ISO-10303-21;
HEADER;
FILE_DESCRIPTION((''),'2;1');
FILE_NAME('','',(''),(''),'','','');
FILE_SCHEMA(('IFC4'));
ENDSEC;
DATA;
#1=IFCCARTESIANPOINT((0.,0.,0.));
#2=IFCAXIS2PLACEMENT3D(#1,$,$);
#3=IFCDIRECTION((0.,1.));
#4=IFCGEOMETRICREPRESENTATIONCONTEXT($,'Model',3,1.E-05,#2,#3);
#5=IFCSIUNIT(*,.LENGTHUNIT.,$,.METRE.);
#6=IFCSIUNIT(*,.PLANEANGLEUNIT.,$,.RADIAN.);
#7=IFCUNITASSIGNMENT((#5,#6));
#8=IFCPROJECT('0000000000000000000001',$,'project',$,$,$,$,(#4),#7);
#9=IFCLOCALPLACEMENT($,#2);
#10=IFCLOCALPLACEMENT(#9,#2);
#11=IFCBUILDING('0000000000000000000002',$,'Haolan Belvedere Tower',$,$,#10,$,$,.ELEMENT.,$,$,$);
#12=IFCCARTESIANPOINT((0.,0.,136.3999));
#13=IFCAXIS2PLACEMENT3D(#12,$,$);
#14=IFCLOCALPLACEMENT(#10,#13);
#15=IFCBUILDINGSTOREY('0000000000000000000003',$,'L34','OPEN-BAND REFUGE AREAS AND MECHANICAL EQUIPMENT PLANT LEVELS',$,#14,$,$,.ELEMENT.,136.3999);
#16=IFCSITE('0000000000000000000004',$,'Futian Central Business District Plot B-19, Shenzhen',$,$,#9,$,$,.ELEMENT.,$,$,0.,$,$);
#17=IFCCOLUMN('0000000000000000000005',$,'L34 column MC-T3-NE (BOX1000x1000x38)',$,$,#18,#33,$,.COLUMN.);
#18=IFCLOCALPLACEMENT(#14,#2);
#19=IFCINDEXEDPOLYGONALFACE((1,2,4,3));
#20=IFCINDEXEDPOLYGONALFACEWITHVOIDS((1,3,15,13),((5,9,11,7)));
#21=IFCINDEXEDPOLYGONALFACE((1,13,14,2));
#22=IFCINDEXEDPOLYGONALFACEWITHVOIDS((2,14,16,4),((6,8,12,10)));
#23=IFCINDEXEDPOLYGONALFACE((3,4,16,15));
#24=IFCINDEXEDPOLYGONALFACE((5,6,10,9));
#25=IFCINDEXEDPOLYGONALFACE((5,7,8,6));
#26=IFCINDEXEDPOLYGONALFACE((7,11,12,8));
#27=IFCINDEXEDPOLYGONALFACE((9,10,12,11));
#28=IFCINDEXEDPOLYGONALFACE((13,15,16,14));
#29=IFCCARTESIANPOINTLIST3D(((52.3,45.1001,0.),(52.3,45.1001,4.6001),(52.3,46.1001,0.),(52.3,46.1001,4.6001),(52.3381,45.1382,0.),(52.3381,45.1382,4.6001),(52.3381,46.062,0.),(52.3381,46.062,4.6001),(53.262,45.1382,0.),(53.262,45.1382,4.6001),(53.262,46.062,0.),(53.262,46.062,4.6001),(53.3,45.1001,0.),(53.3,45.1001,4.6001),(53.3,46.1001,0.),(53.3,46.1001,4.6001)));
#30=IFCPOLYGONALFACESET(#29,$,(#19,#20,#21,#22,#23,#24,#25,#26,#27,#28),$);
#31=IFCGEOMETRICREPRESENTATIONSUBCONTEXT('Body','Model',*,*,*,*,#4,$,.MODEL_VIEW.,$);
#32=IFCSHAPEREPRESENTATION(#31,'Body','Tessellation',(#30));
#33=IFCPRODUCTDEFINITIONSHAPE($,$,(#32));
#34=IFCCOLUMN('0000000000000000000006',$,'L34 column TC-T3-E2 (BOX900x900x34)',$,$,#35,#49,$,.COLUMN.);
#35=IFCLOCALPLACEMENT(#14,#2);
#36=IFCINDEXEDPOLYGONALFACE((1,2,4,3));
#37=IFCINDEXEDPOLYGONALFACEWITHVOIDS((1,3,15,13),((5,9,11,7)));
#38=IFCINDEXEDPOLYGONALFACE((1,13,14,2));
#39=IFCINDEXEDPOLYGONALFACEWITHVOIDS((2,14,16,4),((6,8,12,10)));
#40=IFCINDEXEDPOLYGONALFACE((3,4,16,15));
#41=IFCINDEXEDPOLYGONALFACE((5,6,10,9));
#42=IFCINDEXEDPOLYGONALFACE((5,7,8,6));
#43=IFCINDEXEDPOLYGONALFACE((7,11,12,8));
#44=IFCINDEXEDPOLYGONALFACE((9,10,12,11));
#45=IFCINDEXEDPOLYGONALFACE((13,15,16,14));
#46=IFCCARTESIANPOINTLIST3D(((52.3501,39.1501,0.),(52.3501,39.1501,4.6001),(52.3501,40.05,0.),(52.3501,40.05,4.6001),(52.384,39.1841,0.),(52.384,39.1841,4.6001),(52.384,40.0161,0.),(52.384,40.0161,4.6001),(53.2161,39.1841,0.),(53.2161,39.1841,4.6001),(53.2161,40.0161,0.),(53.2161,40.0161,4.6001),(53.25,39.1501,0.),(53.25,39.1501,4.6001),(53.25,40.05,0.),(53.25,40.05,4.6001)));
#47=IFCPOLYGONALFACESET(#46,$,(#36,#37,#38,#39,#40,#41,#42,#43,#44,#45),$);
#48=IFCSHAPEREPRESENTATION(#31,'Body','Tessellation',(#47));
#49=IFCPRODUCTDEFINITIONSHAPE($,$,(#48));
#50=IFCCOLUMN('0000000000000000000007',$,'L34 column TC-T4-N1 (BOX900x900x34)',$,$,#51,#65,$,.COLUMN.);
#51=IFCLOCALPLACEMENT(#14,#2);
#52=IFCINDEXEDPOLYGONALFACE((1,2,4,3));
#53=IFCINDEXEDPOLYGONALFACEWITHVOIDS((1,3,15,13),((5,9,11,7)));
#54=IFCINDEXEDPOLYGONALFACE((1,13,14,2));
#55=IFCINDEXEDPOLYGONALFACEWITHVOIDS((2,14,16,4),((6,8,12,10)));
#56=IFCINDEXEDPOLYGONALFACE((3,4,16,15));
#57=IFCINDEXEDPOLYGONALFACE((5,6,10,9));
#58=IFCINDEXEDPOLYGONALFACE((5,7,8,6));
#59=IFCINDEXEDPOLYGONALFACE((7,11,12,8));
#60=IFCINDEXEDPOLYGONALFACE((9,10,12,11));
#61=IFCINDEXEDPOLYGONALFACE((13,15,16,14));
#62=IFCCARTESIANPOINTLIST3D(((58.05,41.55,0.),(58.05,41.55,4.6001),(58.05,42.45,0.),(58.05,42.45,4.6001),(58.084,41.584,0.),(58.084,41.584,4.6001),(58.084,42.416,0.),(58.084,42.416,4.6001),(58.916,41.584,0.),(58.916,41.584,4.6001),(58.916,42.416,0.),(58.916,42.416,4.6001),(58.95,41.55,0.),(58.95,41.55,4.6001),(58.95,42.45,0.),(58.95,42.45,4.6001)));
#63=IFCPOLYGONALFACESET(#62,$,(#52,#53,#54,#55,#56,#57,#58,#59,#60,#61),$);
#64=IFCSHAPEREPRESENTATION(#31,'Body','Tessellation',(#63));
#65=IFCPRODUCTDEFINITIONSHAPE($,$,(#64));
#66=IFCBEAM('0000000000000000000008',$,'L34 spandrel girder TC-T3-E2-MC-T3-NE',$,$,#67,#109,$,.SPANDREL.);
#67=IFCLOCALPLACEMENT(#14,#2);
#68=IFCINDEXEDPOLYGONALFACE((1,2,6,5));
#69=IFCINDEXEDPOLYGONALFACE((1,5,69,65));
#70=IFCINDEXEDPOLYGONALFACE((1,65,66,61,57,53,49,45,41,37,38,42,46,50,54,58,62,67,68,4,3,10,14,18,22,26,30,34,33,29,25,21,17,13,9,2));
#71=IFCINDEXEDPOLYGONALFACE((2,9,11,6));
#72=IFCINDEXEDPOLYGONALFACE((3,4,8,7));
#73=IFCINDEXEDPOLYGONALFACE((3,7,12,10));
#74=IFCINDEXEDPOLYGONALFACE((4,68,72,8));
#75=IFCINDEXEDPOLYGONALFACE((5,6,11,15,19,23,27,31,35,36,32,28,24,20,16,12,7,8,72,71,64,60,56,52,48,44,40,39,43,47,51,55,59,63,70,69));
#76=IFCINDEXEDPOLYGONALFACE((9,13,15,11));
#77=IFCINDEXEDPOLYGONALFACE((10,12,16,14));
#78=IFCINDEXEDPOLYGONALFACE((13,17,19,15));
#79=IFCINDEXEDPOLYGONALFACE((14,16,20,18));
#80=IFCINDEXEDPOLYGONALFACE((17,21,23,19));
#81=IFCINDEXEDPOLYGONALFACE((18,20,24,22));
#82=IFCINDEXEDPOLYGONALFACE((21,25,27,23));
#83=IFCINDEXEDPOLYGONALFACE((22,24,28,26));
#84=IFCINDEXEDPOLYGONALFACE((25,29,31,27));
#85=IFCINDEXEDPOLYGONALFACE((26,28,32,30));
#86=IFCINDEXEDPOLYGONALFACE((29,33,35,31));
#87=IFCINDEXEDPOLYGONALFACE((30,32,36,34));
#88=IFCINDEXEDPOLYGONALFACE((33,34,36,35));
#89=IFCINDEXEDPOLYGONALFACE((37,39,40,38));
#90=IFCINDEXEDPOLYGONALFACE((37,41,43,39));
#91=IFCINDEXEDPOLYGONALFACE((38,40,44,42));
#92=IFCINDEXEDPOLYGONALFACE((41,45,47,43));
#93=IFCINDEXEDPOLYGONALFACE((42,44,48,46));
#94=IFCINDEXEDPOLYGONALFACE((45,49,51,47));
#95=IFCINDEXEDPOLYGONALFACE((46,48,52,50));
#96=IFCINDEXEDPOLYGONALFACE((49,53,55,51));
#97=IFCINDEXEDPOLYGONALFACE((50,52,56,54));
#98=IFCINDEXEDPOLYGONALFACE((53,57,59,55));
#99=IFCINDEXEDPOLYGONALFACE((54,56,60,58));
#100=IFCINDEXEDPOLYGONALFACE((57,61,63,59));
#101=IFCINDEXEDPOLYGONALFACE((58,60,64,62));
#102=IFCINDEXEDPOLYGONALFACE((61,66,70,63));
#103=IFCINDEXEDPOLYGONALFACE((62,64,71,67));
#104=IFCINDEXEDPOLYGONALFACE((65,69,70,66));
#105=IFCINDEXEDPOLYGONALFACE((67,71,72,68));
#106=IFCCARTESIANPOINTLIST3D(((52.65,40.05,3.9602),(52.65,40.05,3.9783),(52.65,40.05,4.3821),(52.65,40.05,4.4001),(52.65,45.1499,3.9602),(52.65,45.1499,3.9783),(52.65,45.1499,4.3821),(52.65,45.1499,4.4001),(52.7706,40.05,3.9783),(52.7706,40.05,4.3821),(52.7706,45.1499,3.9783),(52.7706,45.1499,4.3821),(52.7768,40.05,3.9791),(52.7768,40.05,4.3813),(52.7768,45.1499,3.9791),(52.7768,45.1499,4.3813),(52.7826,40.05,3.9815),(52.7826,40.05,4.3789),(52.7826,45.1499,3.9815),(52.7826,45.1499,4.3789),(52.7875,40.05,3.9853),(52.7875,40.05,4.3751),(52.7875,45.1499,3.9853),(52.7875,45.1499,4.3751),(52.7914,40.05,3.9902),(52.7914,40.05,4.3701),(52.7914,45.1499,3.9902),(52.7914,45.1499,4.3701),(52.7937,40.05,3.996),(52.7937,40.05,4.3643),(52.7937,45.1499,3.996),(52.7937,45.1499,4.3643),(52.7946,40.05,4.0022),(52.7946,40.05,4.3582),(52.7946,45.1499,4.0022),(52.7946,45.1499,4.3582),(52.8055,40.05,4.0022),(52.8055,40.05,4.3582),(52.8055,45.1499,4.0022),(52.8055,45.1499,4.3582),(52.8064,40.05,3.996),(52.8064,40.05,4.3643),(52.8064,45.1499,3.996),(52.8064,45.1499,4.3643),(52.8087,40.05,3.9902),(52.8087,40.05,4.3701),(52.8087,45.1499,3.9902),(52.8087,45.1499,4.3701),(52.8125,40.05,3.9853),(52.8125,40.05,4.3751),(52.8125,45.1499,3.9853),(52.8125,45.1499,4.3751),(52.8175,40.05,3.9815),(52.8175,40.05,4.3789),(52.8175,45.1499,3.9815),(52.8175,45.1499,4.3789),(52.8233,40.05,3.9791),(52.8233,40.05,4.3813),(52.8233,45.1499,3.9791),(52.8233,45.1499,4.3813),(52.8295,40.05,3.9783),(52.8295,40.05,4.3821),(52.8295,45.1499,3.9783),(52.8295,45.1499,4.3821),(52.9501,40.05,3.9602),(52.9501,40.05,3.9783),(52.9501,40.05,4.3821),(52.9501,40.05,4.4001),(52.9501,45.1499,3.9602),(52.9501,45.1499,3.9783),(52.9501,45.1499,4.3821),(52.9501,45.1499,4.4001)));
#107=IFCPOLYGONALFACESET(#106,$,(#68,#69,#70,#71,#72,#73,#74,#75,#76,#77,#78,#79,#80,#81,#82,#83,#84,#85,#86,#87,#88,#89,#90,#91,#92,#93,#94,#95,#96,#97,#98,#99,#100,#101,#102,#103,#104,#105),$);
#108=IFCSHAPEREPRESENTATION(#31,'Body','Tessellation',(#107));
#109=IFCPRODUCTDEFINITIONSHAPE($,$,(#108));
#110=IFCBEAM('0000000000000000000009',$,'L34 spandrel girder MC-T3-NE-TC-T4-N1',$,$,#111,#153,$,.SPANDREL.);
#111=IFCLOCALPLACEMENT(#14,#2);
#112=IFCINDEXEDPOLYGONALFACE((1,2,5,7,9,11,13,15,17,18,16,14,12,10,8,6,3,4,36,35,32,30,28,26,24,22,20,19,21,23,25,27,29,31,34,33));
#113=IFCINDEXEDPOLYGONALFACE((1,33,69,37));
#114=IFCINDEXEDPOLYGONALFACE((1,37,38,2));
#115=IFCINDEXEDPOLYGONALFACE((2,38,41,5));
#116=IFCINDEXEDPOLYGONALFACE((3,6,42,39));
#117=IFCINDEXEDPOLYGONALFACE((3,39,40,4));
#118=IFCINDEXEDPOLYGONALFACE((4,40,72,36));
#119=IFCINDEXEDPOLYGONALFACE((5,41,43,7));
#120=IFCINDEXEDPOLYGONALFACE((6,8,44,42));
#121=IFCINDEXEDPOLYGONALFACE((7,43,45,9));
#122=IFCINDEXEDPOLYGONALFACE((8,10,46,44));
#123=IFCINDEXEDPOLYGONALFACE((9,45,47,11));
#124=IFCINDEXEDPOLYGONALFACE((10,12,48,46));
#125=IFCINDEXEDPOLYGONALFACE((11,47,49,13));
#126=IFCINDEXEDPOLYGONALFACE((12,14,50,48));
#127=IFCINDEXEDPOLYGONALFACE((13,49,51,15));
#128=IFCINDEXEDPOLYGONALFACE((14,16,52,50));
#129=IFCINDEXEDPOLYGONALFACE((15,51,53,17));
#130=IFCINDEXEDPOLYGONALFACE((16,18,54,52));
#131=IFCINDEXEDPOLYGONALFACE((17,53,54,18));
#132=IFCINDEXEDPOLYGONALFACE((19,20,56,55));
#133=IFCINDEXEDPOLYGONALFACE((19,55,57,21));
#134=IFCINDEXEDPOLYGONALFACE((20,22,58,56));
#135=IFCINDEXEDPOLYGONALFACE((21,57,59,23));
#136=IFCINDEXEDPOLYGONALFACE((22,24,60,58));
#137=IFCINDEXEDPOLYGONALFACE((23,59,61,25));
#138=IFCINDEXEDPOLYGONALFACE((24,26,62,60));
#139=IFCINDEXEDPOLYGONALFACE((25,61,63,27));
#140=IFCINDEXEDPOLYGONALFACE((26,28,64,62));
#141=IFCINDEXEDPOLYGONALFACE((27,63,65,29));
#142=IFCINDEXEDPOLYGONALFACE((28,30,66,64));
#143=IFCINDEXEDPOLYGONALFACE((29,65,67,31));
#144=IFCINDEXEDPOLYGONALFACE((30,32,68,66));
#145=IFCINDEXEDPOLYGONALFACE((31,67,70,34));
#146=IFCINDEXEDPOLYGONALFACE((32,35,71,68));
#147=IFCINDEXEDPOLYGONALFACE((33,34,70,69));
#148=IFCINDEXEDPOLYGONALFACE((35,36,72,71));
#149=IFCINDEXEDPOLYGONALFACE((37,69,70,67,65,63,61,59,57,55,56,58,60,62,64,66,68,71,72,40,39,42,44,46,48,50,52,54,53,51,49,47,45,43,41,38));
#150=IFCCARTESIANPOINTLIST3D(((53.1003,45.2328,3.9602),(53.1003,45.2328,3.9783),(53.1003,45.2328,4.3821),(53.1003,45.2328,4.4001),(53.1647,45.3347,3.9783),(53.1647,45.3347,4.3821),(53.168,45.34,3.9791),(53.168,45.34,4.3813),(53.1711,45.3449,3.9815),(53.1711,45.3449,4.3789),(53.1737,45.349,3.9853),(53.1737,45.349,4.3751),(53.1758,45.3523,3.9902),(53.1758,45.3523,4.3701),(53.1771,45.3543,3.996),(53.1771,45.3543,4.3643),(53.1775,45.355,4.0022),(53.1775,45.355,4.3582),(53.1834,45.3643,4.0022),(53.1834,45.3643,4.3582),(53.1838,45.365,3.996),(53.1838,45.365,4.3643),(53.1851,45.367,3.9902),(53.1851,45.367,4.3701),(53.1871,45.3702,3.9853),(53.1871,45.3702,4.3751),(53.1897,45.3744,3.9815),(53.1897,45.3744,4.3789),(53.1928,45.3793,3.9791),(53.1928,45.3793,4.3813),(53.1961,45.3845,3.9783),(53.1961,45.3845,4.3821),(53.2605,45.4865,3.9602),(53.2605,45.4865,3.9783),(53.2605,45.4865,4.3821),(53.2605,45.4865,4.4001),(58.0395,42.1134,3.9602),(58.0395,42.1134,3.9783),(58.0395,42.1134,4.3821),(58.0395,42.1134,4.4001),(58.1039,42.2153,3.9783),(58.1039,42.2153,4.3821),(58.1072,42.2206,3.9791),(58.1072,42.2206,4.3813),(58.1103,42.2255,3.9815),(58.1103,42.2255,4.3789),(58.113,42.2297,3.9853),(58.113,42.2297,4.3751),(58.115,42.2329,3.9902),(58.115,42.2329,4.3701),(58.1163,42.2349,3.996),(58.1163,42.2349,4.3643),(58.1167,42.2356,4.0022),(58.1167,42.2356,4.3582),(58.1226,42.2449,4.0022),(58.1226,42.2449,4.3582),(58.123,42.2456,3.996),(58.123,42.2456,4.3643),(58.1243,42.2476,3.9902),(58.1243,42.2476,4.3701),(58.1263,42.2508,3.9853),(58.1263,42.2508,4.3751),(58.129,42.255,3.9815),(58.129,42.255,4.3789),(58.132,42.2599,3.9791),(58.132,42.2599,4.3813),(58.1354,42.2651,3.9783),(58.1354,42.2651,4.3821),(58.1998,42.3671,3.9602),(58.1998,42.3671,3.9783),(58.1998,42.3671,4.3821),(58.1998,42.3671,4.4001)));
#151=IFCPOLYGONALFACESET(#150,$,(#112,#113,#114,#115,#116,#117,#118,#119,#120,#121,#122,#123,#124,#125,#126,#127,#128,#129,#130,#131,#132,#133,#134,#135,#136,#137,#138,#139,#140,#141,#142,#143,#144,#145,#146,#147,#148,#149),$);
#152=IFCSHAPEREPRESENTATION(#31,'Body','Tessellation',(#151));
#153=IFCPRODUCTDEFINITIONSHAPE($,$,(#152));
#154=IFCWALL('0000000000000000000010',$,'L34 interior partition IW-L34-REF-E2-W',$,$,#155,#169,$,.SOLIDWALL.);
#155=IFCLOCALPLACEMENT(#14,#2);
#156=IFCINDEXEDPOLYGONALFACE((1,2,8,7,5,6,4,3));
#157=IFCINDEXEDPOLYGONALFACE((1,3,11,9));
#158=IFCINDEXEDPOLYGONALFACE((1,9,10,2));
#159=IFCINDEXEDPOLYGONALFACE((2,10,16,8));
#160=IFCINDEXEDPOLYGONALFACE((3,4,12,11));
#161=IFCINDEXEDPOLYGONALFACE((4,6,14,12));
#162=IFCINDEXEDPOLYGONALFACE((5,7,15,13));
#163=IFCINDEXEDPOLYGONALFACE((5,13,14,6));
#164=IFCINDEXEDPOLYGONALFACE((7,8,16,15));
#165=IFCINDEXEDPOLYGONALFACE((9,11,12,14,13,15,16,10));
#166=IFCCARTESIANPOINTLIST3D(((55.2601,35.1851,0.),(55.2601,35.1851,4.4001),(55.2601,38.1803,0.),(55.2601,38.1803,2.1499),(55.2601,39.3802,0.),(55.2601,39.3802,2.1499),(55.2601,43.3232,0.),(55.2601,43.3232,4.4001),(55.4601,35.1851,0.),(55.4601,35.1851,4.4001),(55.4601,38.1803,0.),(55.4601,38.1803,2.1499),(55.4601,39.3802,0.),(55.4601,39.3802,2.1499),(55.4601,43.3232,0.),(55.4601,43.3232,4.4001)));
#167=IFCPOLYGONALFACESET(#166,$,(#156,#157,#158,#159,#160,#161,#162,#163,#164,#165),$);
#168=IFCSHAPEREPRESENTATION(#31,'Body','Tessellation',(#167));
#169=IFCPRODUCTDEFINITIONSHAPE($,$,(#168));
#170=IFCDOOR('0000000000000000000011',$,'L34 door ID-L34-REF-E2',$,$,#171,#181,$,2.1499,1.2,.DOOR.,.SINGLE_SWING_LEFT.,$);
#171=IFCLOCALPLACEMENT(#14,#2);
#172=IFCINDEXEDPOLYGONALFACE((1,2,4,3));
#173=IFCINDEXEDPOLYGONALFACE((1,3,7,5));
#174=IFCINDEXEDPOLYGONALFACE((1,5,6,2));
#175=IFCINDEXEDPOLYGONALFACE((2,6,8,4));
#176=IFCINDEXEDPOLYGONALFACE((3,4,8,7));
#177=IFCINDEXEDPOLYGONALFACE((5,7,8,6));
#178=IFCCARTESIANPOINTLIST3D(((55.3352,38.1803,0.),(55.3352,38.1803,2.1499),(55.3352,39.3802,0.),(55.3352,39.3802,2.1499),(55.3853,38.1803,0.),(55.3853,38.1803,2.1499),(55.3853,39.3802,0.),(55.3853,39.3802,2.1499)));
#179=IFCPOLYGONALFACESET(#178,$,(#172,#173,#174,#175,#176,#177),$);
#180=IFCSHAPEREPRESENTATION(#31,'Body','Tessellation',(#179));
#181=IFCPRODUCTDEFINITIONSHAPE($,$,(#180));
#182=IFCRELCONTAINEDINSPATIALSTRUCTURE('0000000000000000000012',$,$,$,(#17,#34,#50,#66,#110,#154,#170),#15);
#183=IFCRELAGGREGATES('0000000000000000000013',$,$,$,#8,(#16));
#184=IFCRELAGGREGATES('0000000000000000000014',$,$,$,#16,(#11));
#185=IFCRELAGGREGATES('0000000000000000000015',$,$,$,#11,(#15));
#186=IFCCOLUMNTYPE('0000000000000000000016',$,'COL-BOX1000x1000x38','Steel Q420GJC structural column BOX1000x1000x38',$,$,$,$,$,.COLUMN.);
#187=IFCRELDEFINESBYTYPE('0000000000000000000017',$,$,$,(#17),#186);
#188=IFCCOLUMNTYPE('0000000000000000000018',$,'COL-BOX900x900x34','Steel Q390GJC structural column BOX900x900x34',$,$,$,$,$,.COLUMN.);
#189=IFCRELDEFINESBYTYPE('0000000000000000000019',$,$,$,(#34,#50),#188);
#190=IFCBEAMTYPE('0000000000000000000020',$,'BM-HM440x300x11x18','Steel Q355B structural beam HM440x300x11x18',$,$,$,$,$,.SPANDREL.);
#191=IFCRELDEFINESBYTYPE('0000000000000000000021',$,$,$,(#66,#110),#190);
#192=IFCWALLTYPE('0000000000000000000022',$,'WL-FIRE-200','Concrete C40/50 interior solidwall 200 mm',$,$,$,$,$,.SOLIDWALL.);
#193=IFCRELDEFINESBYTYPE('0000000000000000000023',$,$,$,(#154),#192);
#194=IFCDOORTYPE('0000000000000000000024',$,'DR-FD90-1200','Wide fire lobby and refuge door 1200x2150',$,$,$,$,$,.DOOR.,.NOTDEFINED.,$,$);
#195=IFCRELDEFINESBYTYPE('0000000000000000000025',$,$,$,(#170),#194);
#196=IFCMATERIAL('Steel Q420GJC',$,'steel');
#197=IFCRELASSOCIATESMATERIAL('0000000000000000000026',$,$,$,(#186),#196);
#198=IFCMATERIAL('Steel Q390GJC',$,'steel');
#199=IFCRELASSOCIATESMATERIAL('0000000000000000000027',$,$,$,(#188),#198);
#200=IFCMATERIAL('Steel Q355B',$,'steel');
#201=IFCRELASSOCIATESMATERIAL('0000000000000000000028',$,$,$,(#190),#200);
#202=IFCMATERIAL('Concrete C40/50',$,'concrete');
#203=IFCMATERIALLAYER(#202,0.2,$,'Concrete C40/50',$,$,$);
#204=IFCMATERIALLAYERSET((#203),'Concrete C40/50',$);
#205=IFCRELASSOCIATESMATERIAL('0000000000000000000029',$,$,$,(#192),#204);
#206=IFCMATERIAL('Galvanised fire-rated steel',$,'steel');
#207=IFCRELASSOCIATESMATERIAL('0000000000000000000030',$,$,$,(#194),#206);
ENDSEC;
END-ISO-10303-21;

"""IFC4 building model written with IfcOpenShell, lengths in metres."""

from ifc_helpers import new_model, si_unit, direction, frame, frame_2d, origin, origin_2d, place, context, subcontext, project, spatial, rectangle, hollow_rectangle, i_section, extrude, material, layer, layer_set, material_profile, profile_set, type_object, element, fill, save


model = new_model("IFC4")

# Units and contexts
model_context = context("Model", 3, precision=1e-05, world=origin(), true_north=direction((0.0, 1.0)))
body_context = subcontext(model_context, "Body", "Model", "MODEL_VIEW")
ifc_project = project(units=[si_unit("LENGTHUNIT", "METRE"), si_unit("PLANEANGLEUNIT", "RADIAN")], contexts=[model_context])

# Site, building, storey
site_placement = place(None, origin())
site = spatial("IfcSite", under=ifc_project, at=site_placement, Name="Futian Central Business District Plot B-19, Shenzhen", CompositionType="ELEMENT", RefElevation=0.0)
building_placement = place(site_placement, origin())
building = spatial("IfcBuilding", under=site, at=building_placement, Name="Haolan Belvedere Tower", CompositionType="ELEMENT")
storey_placement = place(building_placement, frame((0.0, 0.0, 136.3999)))
storey = spatial("IfcBuildingStorey", under=building, at=storey_placement, Name="L34", Description="OPEN-BAND REFUGE AREAS AND MECHANICAL EQUIPMENT PLANT LEVELS", CompositionType="ELEMENT", Elevation=136.3999)

# Columns
ifc_material_1 = material(Name="Steel Q420GJC", Category="steel")
ifc_material_profile_1 = material_profile(ifc_material_1, hollow_rectangle(XDim=1.0, YDim=1.0, WallThickness=0.0381, at=origin_2d()), Name="Steel Q420GJC")
ifc_profile_set_1 = profile_set([ifc_material_profile_1], Name="Steel Q420GJC")
column_type_1 = type_object("IfcColumnType", Name="COL-BOX1000x1000x38", Description="Steel Q420GJC structural column BOX1000x1000x38", PredefinedType="COLUMN", material=ifc_profile_set_1)
column_placement = place(storey_placement, frame((52.8, 45.6001, 0.0), z_axis=(0.0, 0.0, 1.0), x_axis=(1.0, 0.0, 0.0)))
element("IfcColumn", 1, at=column_placement, inside=storey, type_object=column_type_1, Name="L34 column MC-T3-NE (BOX1000x1000x38)", PredefinedType="COLUMN", context=body_context, shape_type="SweptSolid", body=[
    extrude(hollow_rectangle(XDim=1.0, YDim=1.0, WallThickness=0.0381, at=origin_2d()), origin(), (0.0, 0.0, 1.0), 4.6001),
])
ifc_material_2 = material(Name="Steel Q390GJC", Category="steel")
ifc_material_profile_2 = material_profile(ifc_material_2, hollow_rectangle(XDim=0.8999, YDim=0.8999, WallThickness=0.0339, at=origin_2d()), Name="Steel Q390GJC")
ifc_profile_set_2 = profile_set([ifc_material_profile_2], Name="Steel Q390GJC")
column_type_2 = type_object("IfcColumnType", Name="COL-BOX900x900x34", Description="Steel Q390GJC structural column BOX900x900x34", PredefinedType="COLUMN", material=ifc_profile_set_2)
for number, where, z_axis, x_axis, name in (
    (2, (52.8, 39.6001, 0.0), (0.0, 0.0, 1.0), (1.0, 0.0, 0.0), "L34 column TC-T3-E2 (BOX900x900x34)"),
    (3, (58.5, 42.0, 0.0), (0.0, 0.0, 1.0), (1.0, 0.0, 0.0), "L34 column TC-T4-N1 (BOX900x900x34)"),
):
    element("IfcColumn", number, at=place(storey_placement, frame(where, z_axis=z_axis, x_axis=x_axis)), inside=storey, type_object=column_type_2, Name=name, PredefinedType="COLUMN", context=body_context, shape_type="SweptSolid", body=[
        extrude(hollow_rectangle(XDim=0.8999, YDim=0.8999, WallThickness=0.0339, at=origin_2d()), origin(), (0.0, 0.0, 1.0), 4.6001),
    ])

# Beams
ifc_material_3 = material(Name="Steel Q355B", Category="steel")
ifc_material_profile_3 = material_profile(ifc_material_3, i_section(OverallWidth=0.3, OverallDepth=0.4399, WebThickness=0.011, FlangeThickness=0.0181, FilletRadius=0.0239, at=origin_2d()), Name="Steel Q355B")
ifc_profile_set_3 = profile_set([ifc_material_profile_3], Name="Steel Q355B")
beam_type = type_object("IfcBeamType", Name="BM-HM440x300x11x18", Description="Steel Q355B structural beam HM440x300x11x18", PredefinedType="SPANDREL", material=ifc_profile_set_3)
beam_1_placement = place(storey_placement, frame((52.8, 40.05, 4.1802), z_axis=(0.0, 1.0, 0.0), x_axis=(-1.0, 0.0, 0.0)))
element("IfcBeam", 4, at=beam_1_placement, inside=storey, type_object=beam_type, Name="L34 spandrel girder TC-T3-E2-MC-T3-NE", PredefinedType="SPANDREL", context=body_context, shape_type="SweptSolid", body=[
    extrude(i_section(OverallWidth=0.3, OverallDepth=0.4399, WebThickness=0.011, FlangeThickness=0.0181, FilletRadius=0.0239, at=origin_2d()), origin(), (0.0, 0.0, 1.0), 5.0999),
])
beam_2_placement = place(storey_placement, frame((53.1804, 45.3596, 4.1802), z_axis=(0.845498, -0.533979, 0.0), x_axis=(0.533979, 0.845498, 0.0)))
element("IfcBeam", 5, at=beam_2_placement, inside=storey, type_object=beam_type, Name="L34 spandrel girder MC-T3-NE-TC-T4-N1", PredefinedType="SPANDREL", context=body_context, shape_type="SweptSolid", body=[
    extrude(i_section(OverallWidth=0.3, OverallDepth=0.4399, WebThickness=0.011, FlangeThickness=0.0181, FilletRadius=0.0239, at=origin_2d()), origin(), (0.0, 0.0, 1.0), 5.8418),
])

# Wall, opening, door
ifc_material_4 = material(Name="Concrete C40/50", Category="concrete")
ifc_layer_1 = layer(ifc_material_4, 0.2, Name="Concrete C40/50")
ifc_layer_set_1 = layer_set([ifc_layer_1], Name="Concrete C40/50")
wall_type_1 = type_object("IfcWallType", Name="WL-FIRE-200", Description="Concrete C40/50 interior solidwall 200 mm", PredefinedType="SOLIDWALL", material=ifc_layer_set_1)
wall_1_placement = place(storey_placement, frame((55.3601, 35.1851, 0.0), z_axis=(0.0, 0.0, 1.0), x_axis=(0.0, 1.0, 0.0)))
wall_1 = element("IfcWall", 6, at=wall_1_placement, inside=storey, type_object=wall_type_1, Name="L34 interior partition IW-L34-REF-E2-W", PredefinedType="SOLIDWALL", context=body_context, shape_type="SweptSolid", body=[
    extrude(rectangle(XDim=8.1382, YDim=0.2, at=frame_2d((4.0691, 0.0))), origin(), (0.0, 0.0, 1.0), 4.4001),
])
opening_placement = place(wall_1_placement, frame((2.9951, 0.0, 0.0)))
opening = element("IfcOpeningElement", 7, at=opening_placement, cuts=wall_1, PredefinedType="OPENING", context=body_context, shape_type="SweptSolid", body=[
    extrude(rectangle(XDim=1.2, YDim=2.1499, at=frame_2d((0.6001, 1.075))), frame((0.0, 0.1099, 0.0), z_axis=(0.0, -1.0, 0.0), x_axis=(1.0, 0.0, 0.0)), (0.0, 0.0, 1.0), 0.22),
])
ifc_material_5 = material(Name="Galvanised fire-rated steel", Category="steel")
door_type = type_object("IfcDoorType", Name="DR-FD90-1200", Description="Wide fire lobby and refuge door 1200x2150", OperationType="NOTDEFINED", PredefinedType="DOOR", material=ifc_material_5)
door_placement = place(opening_placement, origin())
door = element("IfcDoor", 8, at=door_placement, inside=storey, type_object=door_type, Name="L34 door ID-L34-REF-E2", OperationType="SINGLE_SWING_LEFT", OverallHeight=2.1499, OverallWidth=1.2, PredefinedType="DOOR", context=body_context, shape_type="SweptSolid", body=[
    extrude(rectangle(XDim=1.2, YDim=2.1499, at=frame_2d((0.6001, 1.075))), frame((0.0, 0.0249, 0.0), z_axis=(0.0, -1.0, 0.0), x_axis=(1.0, 0.0, 0.0)), (0.0, 0.0, 1.0), 0.05),
])
fill(opening, door)

save(model, "model.ifc")
